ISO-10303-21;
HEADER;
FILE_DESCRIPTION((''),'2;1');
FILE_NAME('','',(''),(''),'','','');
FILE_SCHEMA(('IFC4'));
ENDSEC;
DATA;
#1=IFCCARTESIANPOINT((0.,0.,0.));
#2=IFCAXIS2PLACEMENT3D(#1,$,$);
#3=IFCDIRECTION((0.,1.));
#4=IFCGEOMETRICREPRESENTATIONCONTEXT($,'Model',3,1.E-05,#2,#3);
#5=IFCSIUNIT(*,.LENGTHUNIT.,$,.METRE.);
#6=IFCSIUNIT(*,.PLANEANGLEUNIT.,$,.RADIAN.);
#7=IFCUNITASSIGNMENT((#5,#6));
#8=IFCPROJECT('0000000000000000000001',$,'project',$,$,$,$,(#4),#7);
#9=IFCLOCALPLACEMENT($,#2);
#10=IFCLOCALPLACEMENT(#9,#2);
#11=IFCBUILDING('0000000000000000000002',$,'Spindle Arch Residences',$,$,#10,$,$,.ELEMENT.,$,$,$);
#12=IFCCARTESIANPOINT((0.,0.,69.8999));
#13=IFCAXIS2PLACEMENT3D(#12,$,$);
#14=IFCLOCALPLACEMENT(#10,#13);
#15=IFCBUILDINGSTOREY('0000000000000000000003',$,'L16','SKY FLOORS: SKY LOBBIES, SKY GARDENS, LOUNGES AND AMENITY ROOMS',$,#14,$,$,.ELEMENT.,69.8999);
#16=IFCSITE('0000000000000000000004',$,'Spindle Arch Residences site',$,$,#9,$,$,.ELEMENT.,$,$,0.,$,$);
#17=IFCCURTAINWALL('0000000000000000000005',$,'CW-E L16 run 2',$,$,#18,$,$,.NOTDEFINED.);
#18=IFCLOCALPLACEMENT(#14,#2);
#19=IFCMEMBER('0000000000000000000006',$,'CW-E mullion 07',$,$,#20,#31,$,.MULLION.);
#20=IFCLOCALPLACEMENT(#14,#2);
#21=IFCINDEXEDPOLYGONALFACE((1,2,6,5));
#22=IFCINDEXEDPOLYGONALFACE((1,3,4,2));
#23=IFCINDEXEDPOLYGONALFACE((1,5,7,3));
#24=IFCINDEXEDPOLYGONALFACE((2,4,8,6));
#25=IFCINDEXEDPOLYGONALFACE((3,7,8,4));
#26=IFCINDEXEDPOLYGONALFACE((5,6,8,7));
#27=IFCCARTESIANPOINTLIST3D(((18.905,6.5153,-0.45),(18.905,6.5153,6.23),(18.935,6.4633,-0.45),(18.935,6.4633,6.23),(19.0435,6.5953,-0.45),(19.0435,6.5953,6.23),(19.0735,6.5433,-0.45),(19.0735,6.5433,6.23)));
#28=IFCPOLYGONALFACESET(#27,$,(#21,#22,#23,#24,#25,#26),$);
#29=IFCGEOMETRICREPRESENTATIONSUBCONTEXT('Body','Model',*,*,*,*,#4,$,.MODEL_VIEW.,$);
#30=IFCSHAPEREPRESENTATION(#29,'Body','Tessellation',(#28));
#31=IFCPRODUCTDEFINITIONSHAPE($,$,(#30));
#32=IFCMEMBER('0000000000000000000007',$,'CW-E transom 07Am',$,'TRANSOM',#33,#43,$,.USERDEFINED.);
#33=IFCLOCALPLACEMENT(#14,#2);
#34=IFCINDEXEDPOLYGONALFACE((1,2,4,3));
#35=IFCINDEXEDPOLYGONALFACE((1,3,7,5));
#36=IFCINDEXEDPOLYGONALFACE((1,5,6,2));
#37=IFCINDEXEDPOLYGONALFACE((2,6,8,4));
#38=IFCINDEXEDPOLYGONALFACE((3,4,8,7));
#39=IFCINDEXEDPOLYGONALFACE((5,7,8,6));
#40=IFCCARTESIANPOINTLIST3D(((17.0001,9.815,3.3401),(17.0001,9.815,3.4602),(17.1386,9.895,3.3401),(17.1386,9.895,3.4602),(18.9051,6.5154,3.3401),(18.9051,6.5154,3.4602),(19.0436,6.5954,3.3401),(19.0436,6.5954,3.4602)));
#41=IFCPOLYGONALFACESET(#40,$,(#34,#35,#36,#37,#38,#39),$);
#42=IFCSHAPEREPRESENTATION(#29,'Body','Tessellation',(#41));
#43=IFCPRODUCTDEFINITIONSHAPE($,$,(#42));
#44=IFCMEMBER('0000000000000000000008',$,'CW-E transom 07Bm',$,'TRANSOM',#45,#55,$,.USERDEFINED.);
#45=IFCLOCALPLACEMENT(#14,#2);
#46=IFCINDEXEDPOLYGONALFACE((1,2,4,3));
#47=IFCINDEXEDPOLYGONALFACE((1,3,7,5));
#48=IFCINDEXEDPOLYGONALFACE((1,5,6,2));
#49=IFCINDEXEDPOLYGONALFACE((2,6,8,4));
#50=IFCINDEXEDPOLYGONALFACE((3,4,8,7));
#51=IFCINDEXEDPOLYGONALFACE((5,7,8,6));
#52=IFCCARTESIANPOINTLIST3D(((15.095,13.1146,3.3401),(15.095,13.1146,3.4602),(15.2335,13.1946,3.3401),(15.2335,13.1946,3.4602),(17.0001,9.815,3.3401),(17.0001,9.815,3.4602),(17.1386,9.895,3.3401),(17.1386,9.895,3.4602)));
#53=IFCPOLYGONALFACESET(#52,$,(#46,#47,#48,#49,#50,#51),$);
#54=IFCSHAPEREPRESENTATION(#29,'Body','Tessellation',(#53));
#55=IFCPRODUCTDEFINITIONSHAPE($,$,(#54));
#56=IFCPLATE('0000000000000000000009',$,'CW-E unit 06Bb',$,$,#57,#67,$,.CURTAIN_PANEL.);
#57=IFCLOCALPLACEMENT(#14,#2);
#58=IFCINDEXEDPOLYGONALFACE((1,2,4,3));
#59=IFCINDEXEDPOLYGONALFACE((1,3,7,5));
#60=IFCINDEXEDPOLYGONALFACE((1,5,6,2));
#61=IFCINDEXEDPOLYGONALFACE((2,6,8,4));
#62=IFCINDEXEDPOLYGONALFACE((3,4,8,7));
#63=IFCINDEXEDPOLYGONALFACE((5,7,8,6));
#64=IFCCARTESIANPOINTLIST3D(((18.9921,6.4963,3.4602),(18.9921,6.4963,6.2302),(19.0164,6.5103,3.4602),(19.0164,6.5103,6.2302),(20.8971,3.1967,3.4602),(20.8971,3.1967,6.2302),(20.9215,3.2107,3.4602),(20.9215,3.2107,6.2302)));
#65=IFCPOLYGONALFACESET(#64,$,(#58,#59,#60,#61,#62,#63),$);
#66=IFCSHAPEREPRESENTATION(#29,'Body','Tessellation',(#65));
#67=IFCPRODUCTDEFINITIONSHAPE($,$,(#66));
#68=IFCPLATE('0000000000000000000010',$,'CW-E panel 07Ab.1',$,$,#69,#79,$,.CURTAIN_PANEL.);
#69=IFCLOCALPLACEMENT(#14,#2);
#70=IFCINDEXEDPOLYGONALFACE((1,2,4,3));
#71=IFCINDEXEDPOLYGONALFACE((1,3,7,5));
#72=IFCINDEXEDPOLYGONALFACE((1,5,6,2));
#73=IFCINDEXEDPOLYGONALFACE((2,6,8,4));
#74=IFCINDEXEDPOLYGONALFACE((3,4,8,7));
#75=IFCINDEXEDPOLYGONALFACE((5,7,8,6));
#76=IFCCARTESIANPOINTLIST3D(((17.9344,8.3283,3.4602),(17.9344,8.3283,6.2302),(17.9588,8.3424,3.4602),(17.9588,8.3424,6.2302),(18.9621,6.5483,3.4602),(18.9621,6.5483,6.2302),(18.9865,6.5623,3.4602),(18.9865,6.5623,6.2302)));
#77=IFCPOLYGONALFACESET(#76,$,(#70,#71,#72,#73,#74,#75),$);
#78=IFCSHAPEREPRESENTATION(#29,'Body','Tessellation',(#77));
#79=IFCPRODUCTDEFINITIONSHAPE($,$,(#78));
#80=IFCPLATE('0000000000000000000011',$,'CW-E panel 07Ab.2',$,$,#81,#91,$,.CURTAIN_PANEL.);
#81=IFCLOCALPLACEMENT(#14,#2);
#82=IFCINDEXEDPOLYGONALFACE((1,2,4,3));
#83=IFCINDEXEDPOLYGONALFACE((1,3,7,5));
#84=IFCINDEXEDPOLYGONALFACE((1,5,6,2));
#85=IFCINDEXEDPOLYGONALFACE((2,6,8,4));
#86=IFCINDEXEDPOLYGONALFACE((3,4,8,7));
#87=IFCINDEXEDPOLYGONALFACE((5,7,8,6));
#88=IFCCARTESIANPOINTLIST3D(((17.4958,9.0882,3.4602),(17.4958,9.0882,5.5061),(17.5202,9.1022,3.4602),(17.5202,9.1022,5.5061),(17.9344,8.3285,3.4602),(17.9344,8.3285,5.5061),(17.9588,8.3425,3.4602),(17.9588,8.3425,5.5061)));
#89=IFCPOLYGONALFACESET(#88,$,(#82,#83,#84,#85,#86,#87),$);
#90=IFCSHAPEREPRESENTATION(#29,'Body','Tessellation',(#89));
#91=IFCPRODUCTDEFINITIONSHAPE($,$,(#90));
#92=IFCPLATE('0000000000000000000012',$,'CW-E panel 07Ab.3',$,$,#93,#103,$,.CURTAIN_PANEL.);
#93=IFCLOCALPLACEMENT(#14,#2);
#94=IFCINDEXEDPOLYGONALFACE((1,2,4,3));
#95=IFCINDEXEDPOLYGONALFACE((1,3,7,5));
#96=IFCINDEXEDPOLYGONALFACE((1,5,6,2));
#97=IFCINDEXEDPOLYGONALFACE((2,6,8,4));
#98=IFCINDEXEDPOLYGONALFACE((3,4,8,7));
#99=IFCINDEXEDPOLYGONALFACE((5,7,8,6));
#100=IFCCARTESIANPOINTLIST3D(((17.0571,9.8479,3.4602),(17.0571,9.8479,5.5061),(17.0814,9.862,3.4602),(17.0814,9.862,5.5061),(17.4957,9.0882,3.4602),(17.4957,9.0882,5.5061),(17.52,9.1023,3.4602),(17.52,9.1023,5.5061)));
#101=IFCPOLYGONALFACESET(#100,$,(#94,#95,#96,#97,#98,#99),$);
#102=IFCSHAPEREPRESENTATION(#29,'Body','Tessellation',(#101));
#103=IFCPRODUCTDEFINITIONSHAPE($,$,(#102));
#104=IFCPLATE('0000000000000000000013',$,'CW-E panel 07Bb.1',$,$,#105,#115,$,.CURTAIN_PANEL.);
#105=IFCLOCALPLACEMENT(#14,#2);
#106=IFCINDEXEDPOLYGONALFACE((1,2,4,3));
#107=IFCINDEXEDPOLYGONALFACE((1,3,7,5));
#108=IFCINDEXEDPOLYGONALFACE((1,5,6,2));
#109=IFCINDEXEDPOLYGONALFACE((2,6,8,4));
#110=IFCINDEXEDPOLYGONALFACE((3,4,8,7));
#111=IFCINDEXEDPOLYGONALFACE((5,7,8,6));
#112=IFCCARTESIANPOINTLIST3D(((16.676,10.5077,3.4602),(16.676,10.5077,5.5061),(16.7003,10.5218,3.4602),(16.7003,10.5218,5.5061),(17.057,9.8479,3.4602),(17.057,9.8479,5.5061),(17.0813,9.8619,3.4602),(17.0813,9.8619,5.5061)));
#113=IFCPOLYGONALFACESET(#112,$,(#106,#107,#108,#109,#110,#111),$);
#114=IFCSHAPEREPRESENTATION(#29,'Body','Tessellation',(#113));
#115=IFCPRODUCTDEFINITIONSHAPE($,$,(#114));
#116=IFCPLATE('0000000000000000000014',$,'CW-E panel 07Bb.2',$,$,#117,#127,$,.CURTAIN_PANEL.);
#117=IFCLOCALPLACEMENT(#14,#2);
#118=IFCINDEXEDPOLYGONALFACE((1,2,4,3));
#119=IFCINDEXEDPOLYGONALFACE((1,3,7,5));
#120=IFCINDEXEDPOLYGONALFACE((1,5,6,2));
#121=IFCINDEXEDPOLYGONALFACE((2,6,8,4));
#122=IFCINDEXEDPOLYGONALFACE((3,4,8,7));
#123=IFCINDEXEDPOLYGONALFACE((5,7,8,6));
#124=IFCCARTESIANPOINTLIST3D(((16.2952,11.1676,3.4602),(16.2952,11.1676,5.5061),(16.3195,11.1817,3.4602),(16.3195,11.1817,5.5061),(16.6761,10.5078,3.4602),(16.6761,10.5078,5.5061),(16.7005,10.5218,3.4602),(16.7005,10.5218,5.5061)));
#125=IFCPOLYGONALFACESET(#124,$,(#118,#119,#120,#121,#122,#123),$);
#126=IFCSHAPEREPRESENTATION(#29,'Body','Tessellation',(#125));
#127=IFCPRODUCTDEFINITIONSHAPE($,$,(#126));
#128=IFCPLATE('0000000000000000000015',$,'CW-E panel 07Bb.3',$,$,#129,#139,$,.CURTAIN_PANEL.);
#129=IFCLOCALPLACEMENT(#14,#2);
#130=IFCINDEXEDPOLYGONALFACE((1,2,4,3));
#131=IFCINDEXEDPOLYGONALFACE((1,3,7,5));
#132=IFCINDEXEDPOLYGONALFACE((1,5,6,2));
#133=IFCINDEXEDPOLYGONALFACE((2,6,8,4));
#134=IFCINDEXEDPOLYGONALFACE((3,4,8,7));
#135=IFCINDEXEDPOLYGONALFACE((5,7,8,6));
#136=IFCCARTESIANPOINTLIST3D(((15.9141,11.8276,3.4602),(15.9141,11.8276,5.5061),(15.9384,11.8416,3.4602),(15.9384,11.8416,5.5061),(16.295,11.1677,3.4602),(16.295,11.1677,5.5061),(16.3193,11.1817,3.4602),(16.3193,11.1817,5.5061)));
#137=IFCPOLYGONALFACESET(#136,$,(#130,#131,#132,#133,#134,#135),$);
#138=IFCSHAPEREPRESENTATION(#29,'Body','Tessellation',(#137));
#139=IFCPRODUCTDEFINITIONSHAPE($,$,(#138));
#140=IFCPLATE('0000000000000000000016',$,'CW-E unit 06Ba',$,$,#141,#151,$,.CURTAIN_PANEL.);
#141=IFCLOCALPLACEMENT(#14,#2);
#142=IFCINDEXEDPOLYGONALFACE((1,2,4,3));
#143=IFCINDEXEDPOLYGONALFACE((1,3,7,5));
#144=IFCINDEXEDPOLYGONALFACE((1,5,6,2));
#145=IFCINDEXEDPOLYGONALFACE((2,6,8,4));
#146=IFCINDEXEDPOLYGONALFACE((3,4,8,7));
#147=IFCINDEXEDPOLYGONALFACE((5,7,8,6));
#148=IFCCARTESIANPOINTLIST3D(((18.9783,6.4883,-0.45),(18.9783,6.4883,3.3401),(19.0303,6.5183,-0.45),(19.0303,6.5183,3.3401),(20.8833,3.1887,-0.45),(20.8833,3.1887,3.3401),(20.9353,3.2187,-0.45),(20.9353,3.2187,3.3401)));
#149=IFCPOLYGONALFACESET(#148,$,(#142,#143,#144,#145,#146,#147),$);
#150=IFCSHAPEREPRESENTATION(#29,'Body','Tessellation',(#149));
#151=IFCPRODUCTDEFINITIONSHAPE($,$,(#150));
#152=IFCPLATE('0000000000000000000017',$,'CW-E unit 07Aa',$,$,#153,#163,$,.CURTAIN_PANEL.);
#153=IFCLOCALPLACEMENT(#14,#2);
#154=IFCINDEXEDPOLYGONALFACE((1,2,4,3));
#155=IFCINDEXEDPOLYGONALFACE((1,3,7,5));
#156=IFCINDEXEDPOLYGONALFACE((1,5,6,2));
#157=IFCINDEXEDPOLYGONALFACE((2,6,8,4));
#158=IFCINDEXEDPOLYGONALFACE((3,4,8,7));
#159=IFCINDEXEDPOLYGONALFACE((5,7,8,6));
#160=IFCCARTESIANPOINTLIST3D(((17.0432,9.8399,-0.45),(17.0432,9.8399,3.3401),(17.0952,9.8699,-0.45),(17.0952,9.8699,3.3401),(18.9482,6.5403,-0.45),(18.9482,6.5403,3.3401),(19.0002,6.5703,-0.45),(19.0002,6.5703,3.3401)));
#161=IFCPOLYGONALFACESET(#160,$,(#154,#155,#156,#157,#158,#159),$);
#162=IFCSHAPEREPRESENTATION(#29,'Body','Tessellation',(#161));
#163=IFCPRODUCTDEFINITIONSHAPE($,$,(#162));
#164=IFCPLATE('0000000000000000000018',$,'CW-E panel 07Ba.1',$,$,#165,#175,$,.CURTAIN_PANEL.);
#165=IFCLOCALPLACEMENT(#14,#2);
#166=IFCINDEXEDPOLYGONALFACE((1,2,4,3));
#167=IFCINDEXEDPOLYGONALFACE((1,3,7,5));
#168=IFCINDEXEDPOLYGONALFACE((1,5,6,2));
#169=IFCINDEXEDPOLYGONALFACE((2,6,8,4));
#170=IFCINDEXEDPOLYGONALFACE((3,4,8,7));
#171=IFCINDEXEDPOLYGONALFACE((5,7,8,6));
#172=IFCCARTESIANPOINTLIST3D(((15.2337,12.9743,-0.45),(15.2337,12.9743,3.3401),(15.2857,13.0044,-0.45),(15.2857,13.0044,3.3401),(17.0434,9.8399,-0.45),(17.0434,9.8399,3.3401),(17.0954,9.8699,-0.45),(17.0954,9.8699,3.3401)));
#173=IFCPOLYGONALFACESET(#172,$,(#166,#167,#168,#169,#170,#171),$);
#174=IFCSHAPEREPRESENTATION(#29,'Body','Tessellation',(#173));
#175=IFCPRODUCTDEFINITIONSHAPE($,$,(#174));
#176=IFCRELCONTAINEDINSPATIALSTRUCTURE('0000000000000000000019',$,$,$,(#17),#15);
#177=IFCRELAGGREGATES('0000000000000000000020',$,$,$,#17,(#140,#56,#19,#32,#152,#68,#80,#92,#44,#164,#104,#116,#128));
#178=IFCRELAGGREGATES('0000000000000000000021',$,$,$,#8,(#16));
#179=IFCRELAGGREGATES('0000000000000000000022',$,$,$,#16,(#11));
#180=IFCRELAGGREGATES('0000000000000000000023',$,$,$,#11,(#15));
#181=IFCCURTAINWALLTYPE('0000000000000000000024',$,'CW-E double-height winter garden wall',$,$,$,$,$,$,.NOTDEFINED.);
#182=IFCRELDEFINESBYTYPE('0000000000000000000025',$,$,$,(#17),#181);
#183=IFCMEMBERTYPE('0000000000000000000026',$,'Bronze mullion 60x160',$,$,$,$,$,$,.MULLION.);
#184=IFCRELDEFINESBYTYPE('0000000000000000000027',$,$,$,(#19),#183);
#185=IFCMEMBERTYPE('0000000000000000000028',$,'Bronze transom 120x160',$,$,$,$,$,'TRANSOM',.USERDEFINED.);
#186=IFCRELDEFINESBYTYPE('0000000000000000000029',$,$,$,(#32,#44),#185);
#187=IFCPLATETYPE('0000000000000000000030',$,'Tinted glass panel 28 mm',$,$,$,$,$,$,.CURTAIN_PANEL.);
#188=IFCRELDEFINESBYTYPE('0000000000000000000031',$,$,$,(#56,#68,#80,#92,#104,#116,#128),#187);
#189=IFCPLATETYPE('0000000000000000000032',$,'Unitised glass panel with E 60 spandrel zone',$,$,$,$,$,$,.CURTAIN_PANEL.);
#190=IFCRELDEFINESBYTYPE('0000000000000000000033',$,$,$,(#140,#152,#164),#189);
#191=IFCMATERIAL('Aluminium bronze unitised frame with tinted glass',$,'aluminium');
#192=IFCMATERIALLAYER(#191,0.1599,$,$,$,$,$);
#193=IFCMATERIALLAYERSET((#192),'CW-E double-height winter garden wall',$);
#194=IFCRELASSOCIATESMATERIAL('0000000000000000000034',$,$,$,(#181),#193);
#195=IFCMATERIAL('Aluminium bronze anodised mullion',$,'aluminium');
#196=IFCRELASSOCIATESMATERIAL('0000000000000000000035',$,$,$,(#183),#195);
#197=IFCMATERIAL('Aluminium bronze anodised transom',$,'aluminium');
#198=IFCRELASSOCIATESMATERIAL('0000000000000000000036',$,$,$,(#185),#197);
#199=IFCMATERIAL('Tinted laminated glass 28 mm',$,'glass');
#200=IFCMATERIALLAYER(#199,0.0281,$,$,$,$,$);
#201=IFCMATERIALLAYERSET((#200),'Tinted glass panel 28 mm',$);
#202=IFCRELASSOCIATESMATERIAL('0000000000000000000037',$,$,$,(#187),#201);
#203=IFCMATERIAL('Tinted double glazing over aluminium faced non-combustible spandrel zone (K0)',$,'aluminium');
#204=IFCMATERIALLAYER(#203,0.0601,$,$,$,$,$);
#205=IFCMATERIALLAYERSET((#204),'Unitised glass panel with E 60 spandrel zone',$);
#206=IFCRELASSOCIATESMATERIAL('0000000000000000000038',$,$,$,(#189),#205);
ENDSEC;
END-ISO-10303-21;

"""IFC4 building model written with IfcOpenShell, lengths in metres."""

from ifc_helpers import new_model, si_unit, direction, frame, origin, origin_2d, place, context, subcontext, project, spatial, rectangle, extrude, material, layer, layer_set, material_profile, profile_set, type_object, element, aggregate, save


model = new_model("IFC4")

# Units and contexts
model_context = context("Model", 3, precision=1e-05, world=origin(), true_north=direction((0.0, 1.0)))
body_context = subcontext(model_context, "Body", "Model", "MODEL_VIEW")
ifc_project = project(units=[si_unit("LENGTHUNIT", "METRE"), si_unit("PLANEANGLEUNIT", "RADIAN")], contexts=[model_context])

# Site, building, storey
site_placement = place(None, origin())
site = spatial("IfcSite", under=ifc_project, at=site_placement, Name="Spindle Arch Residences site", CompositionType="ELEMENT", RefElevation=0.0)
building_placement = place(site_placement, origin())
building = spatial("IfcBuilding", under=site, at=building_placement, Name="Spindle Arch Residences", CompositionType="ELEMENT")
storey_placement = place(building_placement, frame((0.0, 0.0, 69.8999)))
storey = spatial("IfcBuildingStorey", under=building, at=storey_placement, Name="L16", Description="SKY FLOORS: SKY LOBBIES, SKY GARDENS, LOUNGES AND AMENITY ROOMS", CompositionType="ELEMENT", Elevation=69.8999)

# Curtain wall, members, plates
ifc_material_1 = material(Name="Aluminium bronze unitised frame with tinted glass", Category="aluminium")
ifc_layer_1 = layer(ifc_material_1, 0.1599)
ifc_layer_set_1 = layer_set([ifc_layer_1], Name="CW-E double-height winter garden wall")
curtain_wall_type = type_object("IfcCurtainWallType", Name="CW-E double-height winter garden wall", PredefinedType="NOTDEFINED", material=ifc_layer_set_1)
curtain_wall_placement = place(storey_placement, origin())
curtain_wall = element("IfcCurtainWall", 1, at=curtain_wall_placement, inside=storey, type_object=curtain_wall_type, Name="CW-E L16 run 2", PredefinedType="NOTDEFINED")
ifc_material_2 = material(Name="Aluminium bronze anodised mullion", Category="aluminium")
ifc_material_profile_1 = material_profile(ifc_material_2, rectangle(XDim=0.1599, YDim=0.0601, at=origin_2d()), Name="MU 60x160")
ifc_profile_set_1 = profile_set([ifc_material_profile_1], Name="Aluminium bronze anodised mullion")
member_type_1 = type_object("IfcMemberType", Name="Bronze mullion 60x160", PredefinedType="MULLION", material=ifc_profile_set_1)
member_1_placement = place(storey_placement, frame((18.9893, 6.5293, -0.45), z_axis=(0.0, 0.0, 1.0), x_axis=(-0.866025, -0.5, 0.0)))
member_1 = element("IfcMember", 2, at=member_1_placement, type_object=member_type_1, Name="CW-E mullion 07", PredefinedType="MULLION", context=body_context, shape_type="SweptSolid", body=[
    extrude(rectangle(XDim=0.1599, YDim=0.0601, at=origin_2d()), origin(), (0.0, 0.0, 1.0), 6.6799),
])
ifc_material_3 = material(Name="Aluminium bronze anodised transom", Category="aluminium")
ifc_material_profile_2 = material_profile(ifc_material_3, rectangle(XDim=0.1599, YDim=0.1201, at=origin_2d()), Name="TR 120x160")
ifc_profile_set_2 = profile_set([ifc_material_profile_2], Name="Aluminium bronze anodised transom")
member_type_2 = type_object("IfcMemberType", Name="Bronze transom 120x160", ElementType="TRANSOM", PredefinedType="USERDEFINED", material=ifc_profile_set_2)
member_2_placement = place(storey_placement, frame((18.9744, 6.5554, 3.4001), z_axis=(-0.500005, 0.866022, 0.0), x_axis=(-0.866022, -0.500005, 0.0)))
member_2 = element("IfcMember", 3, at=member_2_placement, type_object=member_type_2, Name="CW-E transom 07Am", ObjectType="TRANSOM", PredefinedType="USERDEFINED", context=body_context, shape_type="SweptSolid", body=[
    extrude(rectangle(XDim=0.1599, YDim=0.1201, at=origin_2d()), origin(), (0.0, 0.0, 1.0), 3.8101),
])
member_3_placement = place(storey_placement, frame((17.0693, 9.855, 3.4001), z_axis=(-0.500005, 0.866022, 0.0), x_axis=(-0.866022, -0.500005, 0.0)))
member_3 = element("IfcMember", 4, at=member_3_placement, type_object=member_type_2, Name="CW-E transom 07Bm", ObjectType="TRANSOM", PredefinedType="USERDEFINED", context=body_context, shape_type="SweptSolid", body=[
    extrude(rectangle(XDim=0.1599, YDim=0.1201, at=origin_2d()), origin(), (0.0, 0.0, 1.0), 3.8101),
])
ifc_material_4 = material(Name="Tinted laminated glass 28 mm", Category="glass")
ifc_layer_2 = layer(ifc_material_4, 0.0281)
ifc_layer_set_2 = layer_set([ifc_layer_2], Name="Tinted glass panel 28 mm")
plate_type_1 = type_object("IfcPlateType", Name="Tinted glass panel 28 mm", PredefinedType="CURTAIN_PANEL", material=ifc_layer_set_2)
plate_1_placement = place(storey_placement, frame((19.9568, 4.8535, 3.4602), z_axis=(0.0, 0.0, 1.0), x_axis=(-0.5, 0.866025, 0.0)))
plate_1 = element("IfcPlate", 5, at=plate_1_placement, type_object=plate_type_1, Name="CW-E unit 06Bb", PredefinedType="CURTAIN_PANEL", context=body_context, shape_type="SweptSolid", body=[
    extrude(rectangle(XDim=3.8101, YDim=0.0281, at=origin_2d()), origin(), (0.0, 0.0, 1.0), 2.77),
])
plate_2_placement = place(storey_placement, frame((18.4604, 7.4453, 3.4602), z_axis=(0.0, 0.0, 1.0), x_axis=(-0.5, 0.866025, 0.0)))
plate_2 = element("IfcPlate", 6, at=plate_2_placement, type_object=plate_type_1, Name="CW-E panel 07Ab.1", PredefinedType="CURTAIN_PANEL", context=body_context, shape_type="SweptSolid", body=[
    extrude(rectangle(XDim=2.0554, YDim=0.0281, at=origin_2d()), origin(), (0.0, 0.0, 1.0), 2.77),
])
plate_3_placement = place(storey_placement, frame((17.7273, 8.7153, 3.4602), z_axis=(0.0, 0.0, 1.0), x_axis=(-0.5, 0.866025, 0.0)))
plate_3 = element("IfcPlate", 7, at=plate_3_placement, type_object=plate_type_1, Name="CW-E panel 07Ab.2", PredefinedType="CURTAIN_PANEL", context=body_context, shape_type="SweptSolid", body=[
    extrude(rectangle(XDim=0.8772, YDim=0.0281, at=origin_2d()), origin(), (0.0, 0.0, 1.0), 2.0459),
])
plate_4_placement = place(storey_placement, frame((17.2886, 9.4751, 3.4602), z_axis=(0.0, 0.0, 1.0), x_axis=(-0.5, 0.866025, 0.0)))
plate_4 = element("IfcPlate", 8, at=plate_4_placement, type_object=plate_type_1, Name="CW-E panel 07Ab.3", PredefinedType="CURTAIN_PANEL", context=body_context, shape_type="SweptSolid", body=[
    extrude(rectangle(XDim=0.8772, YDim=0.0281, at=origin_2d()), origin(), (0.0, 0.0, 1.0), 2.0459),
])
plate_5_placement = place(storey_placement, frame((16.8787, 10.1848, 3.4602), z_axis=(0.0, 0.0, 1.0), x_axis=(-0.5, 0.866025, 0.0)))
plate_5 = element("IfcPlate", 9, at=plate_5_placement, type_object=plate_type_1, Name="CW-E panel 07Bb.1", PredefinedType="CURTAIN_PANEL", context=body_context, shape_type="SweptSolid", body=[
    extrude(rectangle(XDim=0.762, YDim=0.0281, at=origin_2d()), origin(), (0.0, 0.0, 1.0), 2.0459),
])
plate_6_placement = place(storey_placement, frame((16.4978, 10.8447, 3.4602), z_axis=(0.0, 0.0, 1.0), x_axis=(-0.5, 0.866025, 0.0)))
plate_6 = element("IfcPlate", 10, at=plate_6_placement, type_object=plate_type_1, Name="CW-E panel 07Bb.2", PredefinedType="CURTAIN_PANEL", context=body_context, shape_type="SweptSolid", body=[
    extrude(rectangle(XDim=0.762, YDim=0.0281, at=origin_2d()), origin(), (0.0, 0.0, 1.0), 2.0459),
])
plate_7_placement = place(storey_placement, frame((16.1167, 11.5046, 3.4602), z_axis=(0.0, 0.0, 1.0), x_axis=(-0.5, 0.866025, 0.0)))
plate_7 = element("IfcPlate", 11, at=plate_7_placement, type_object=plate_type_1, Name="CW-E panel 07Bb.3", PredefinedType="CURTAIN_PANEL", context=body_context, shape_type="SweptSolid", body=[
    extrude(rectangle(XDim=0.762, YDim=0.0281, at=origin_2d()), origin(), (0.0, 0.0, 1.0), 2.0459),
])
ifc_material_5 = material(Name="Tinted double glazing over aluminium faced non-combustible spandrel zone (K0)", Category="aluminium")
ifc_layer_3 = layer(ifc_material_5, 0.0601)
ifc_layer_set_3 = layer_set([ifc_layer_3], Name="Unitised glass panel with E 60 spandrel zone")
plate_type_2 = type_object("IfcPlateType", Name="Unitised glass panel with E 60 spandrel zone", PredefinedType="CURTAIN_PANEL", material=ifc_layer_set_3)
plate_8_placement = place(storey_placement, frame((19.9568, 4.8535, -0.45), z_axis=(0.0, 0.0, 1.0), x_axis=(-0.5, 0.866025, 0.0)))
plate_8 = element("IfcPlate", 12, at=plate_8_placement, type_object=plate_type_2, Name="CW-E unit 06Ba", PredefinedType="CURTAIN_PANEL", context=body_context, shape_type="SweptSolid", body=[
    extrude(rectangle(XDim=3.8101, YDim=0.0601, at=origin_2d()), origin(), (0.0, 0.0, 1.0), 3.79),
])
plate_9_placement = place(storey_placement, frame((18.0217, 8.2051, -0.45), z_axis=(0.0, 0.0, 1.0), x_axis=(-0.5, 0.866025, 0.0)))
plate_9 = element("IfcPlate", 13, at=plate_9_placement, type_object=plate_type_2, Name="CW-E unit 07Aa", PredefinedType="CURTAIN_PANEL", context=body_context, shape_type="SweptSolid", body=[
    extrude(rectangle(XDim=3.8101, YDim=0.0601, at=origin_2d()), origin(), (0.0, 0.0, 1.0), 3.79),
])
plate_10_placement = place(storey_placement, frame((16.1646, 11.4221, -0.45), z_axis=(0.0, 0.0, 1.0), x_axis=(-0.5, 0.866025, 0.0)))
plate_10 = element("IfcPlate", 14, at=plate_10_placement, type_object=plate_type_2, Name="CW-E panel 07Ba.1", PredefinedType="CURTAIN_PANEL", context=body_context, shape_type="SweptSolid", body=[
    extrude(rectangle(XDim=3.6194, YDim=0.0601, at=origin_2d()), origin(), (0.0, 0.0, 1.0), 3.79),
])
aggregate(curtain_wall, [plate_8, plate_1, member_1, member_2, plate_9, plate_2, plate_3, plate_4, member_3, plate_10, plate_5, plate_6, plate_7])

save(model, "model.ifc")
